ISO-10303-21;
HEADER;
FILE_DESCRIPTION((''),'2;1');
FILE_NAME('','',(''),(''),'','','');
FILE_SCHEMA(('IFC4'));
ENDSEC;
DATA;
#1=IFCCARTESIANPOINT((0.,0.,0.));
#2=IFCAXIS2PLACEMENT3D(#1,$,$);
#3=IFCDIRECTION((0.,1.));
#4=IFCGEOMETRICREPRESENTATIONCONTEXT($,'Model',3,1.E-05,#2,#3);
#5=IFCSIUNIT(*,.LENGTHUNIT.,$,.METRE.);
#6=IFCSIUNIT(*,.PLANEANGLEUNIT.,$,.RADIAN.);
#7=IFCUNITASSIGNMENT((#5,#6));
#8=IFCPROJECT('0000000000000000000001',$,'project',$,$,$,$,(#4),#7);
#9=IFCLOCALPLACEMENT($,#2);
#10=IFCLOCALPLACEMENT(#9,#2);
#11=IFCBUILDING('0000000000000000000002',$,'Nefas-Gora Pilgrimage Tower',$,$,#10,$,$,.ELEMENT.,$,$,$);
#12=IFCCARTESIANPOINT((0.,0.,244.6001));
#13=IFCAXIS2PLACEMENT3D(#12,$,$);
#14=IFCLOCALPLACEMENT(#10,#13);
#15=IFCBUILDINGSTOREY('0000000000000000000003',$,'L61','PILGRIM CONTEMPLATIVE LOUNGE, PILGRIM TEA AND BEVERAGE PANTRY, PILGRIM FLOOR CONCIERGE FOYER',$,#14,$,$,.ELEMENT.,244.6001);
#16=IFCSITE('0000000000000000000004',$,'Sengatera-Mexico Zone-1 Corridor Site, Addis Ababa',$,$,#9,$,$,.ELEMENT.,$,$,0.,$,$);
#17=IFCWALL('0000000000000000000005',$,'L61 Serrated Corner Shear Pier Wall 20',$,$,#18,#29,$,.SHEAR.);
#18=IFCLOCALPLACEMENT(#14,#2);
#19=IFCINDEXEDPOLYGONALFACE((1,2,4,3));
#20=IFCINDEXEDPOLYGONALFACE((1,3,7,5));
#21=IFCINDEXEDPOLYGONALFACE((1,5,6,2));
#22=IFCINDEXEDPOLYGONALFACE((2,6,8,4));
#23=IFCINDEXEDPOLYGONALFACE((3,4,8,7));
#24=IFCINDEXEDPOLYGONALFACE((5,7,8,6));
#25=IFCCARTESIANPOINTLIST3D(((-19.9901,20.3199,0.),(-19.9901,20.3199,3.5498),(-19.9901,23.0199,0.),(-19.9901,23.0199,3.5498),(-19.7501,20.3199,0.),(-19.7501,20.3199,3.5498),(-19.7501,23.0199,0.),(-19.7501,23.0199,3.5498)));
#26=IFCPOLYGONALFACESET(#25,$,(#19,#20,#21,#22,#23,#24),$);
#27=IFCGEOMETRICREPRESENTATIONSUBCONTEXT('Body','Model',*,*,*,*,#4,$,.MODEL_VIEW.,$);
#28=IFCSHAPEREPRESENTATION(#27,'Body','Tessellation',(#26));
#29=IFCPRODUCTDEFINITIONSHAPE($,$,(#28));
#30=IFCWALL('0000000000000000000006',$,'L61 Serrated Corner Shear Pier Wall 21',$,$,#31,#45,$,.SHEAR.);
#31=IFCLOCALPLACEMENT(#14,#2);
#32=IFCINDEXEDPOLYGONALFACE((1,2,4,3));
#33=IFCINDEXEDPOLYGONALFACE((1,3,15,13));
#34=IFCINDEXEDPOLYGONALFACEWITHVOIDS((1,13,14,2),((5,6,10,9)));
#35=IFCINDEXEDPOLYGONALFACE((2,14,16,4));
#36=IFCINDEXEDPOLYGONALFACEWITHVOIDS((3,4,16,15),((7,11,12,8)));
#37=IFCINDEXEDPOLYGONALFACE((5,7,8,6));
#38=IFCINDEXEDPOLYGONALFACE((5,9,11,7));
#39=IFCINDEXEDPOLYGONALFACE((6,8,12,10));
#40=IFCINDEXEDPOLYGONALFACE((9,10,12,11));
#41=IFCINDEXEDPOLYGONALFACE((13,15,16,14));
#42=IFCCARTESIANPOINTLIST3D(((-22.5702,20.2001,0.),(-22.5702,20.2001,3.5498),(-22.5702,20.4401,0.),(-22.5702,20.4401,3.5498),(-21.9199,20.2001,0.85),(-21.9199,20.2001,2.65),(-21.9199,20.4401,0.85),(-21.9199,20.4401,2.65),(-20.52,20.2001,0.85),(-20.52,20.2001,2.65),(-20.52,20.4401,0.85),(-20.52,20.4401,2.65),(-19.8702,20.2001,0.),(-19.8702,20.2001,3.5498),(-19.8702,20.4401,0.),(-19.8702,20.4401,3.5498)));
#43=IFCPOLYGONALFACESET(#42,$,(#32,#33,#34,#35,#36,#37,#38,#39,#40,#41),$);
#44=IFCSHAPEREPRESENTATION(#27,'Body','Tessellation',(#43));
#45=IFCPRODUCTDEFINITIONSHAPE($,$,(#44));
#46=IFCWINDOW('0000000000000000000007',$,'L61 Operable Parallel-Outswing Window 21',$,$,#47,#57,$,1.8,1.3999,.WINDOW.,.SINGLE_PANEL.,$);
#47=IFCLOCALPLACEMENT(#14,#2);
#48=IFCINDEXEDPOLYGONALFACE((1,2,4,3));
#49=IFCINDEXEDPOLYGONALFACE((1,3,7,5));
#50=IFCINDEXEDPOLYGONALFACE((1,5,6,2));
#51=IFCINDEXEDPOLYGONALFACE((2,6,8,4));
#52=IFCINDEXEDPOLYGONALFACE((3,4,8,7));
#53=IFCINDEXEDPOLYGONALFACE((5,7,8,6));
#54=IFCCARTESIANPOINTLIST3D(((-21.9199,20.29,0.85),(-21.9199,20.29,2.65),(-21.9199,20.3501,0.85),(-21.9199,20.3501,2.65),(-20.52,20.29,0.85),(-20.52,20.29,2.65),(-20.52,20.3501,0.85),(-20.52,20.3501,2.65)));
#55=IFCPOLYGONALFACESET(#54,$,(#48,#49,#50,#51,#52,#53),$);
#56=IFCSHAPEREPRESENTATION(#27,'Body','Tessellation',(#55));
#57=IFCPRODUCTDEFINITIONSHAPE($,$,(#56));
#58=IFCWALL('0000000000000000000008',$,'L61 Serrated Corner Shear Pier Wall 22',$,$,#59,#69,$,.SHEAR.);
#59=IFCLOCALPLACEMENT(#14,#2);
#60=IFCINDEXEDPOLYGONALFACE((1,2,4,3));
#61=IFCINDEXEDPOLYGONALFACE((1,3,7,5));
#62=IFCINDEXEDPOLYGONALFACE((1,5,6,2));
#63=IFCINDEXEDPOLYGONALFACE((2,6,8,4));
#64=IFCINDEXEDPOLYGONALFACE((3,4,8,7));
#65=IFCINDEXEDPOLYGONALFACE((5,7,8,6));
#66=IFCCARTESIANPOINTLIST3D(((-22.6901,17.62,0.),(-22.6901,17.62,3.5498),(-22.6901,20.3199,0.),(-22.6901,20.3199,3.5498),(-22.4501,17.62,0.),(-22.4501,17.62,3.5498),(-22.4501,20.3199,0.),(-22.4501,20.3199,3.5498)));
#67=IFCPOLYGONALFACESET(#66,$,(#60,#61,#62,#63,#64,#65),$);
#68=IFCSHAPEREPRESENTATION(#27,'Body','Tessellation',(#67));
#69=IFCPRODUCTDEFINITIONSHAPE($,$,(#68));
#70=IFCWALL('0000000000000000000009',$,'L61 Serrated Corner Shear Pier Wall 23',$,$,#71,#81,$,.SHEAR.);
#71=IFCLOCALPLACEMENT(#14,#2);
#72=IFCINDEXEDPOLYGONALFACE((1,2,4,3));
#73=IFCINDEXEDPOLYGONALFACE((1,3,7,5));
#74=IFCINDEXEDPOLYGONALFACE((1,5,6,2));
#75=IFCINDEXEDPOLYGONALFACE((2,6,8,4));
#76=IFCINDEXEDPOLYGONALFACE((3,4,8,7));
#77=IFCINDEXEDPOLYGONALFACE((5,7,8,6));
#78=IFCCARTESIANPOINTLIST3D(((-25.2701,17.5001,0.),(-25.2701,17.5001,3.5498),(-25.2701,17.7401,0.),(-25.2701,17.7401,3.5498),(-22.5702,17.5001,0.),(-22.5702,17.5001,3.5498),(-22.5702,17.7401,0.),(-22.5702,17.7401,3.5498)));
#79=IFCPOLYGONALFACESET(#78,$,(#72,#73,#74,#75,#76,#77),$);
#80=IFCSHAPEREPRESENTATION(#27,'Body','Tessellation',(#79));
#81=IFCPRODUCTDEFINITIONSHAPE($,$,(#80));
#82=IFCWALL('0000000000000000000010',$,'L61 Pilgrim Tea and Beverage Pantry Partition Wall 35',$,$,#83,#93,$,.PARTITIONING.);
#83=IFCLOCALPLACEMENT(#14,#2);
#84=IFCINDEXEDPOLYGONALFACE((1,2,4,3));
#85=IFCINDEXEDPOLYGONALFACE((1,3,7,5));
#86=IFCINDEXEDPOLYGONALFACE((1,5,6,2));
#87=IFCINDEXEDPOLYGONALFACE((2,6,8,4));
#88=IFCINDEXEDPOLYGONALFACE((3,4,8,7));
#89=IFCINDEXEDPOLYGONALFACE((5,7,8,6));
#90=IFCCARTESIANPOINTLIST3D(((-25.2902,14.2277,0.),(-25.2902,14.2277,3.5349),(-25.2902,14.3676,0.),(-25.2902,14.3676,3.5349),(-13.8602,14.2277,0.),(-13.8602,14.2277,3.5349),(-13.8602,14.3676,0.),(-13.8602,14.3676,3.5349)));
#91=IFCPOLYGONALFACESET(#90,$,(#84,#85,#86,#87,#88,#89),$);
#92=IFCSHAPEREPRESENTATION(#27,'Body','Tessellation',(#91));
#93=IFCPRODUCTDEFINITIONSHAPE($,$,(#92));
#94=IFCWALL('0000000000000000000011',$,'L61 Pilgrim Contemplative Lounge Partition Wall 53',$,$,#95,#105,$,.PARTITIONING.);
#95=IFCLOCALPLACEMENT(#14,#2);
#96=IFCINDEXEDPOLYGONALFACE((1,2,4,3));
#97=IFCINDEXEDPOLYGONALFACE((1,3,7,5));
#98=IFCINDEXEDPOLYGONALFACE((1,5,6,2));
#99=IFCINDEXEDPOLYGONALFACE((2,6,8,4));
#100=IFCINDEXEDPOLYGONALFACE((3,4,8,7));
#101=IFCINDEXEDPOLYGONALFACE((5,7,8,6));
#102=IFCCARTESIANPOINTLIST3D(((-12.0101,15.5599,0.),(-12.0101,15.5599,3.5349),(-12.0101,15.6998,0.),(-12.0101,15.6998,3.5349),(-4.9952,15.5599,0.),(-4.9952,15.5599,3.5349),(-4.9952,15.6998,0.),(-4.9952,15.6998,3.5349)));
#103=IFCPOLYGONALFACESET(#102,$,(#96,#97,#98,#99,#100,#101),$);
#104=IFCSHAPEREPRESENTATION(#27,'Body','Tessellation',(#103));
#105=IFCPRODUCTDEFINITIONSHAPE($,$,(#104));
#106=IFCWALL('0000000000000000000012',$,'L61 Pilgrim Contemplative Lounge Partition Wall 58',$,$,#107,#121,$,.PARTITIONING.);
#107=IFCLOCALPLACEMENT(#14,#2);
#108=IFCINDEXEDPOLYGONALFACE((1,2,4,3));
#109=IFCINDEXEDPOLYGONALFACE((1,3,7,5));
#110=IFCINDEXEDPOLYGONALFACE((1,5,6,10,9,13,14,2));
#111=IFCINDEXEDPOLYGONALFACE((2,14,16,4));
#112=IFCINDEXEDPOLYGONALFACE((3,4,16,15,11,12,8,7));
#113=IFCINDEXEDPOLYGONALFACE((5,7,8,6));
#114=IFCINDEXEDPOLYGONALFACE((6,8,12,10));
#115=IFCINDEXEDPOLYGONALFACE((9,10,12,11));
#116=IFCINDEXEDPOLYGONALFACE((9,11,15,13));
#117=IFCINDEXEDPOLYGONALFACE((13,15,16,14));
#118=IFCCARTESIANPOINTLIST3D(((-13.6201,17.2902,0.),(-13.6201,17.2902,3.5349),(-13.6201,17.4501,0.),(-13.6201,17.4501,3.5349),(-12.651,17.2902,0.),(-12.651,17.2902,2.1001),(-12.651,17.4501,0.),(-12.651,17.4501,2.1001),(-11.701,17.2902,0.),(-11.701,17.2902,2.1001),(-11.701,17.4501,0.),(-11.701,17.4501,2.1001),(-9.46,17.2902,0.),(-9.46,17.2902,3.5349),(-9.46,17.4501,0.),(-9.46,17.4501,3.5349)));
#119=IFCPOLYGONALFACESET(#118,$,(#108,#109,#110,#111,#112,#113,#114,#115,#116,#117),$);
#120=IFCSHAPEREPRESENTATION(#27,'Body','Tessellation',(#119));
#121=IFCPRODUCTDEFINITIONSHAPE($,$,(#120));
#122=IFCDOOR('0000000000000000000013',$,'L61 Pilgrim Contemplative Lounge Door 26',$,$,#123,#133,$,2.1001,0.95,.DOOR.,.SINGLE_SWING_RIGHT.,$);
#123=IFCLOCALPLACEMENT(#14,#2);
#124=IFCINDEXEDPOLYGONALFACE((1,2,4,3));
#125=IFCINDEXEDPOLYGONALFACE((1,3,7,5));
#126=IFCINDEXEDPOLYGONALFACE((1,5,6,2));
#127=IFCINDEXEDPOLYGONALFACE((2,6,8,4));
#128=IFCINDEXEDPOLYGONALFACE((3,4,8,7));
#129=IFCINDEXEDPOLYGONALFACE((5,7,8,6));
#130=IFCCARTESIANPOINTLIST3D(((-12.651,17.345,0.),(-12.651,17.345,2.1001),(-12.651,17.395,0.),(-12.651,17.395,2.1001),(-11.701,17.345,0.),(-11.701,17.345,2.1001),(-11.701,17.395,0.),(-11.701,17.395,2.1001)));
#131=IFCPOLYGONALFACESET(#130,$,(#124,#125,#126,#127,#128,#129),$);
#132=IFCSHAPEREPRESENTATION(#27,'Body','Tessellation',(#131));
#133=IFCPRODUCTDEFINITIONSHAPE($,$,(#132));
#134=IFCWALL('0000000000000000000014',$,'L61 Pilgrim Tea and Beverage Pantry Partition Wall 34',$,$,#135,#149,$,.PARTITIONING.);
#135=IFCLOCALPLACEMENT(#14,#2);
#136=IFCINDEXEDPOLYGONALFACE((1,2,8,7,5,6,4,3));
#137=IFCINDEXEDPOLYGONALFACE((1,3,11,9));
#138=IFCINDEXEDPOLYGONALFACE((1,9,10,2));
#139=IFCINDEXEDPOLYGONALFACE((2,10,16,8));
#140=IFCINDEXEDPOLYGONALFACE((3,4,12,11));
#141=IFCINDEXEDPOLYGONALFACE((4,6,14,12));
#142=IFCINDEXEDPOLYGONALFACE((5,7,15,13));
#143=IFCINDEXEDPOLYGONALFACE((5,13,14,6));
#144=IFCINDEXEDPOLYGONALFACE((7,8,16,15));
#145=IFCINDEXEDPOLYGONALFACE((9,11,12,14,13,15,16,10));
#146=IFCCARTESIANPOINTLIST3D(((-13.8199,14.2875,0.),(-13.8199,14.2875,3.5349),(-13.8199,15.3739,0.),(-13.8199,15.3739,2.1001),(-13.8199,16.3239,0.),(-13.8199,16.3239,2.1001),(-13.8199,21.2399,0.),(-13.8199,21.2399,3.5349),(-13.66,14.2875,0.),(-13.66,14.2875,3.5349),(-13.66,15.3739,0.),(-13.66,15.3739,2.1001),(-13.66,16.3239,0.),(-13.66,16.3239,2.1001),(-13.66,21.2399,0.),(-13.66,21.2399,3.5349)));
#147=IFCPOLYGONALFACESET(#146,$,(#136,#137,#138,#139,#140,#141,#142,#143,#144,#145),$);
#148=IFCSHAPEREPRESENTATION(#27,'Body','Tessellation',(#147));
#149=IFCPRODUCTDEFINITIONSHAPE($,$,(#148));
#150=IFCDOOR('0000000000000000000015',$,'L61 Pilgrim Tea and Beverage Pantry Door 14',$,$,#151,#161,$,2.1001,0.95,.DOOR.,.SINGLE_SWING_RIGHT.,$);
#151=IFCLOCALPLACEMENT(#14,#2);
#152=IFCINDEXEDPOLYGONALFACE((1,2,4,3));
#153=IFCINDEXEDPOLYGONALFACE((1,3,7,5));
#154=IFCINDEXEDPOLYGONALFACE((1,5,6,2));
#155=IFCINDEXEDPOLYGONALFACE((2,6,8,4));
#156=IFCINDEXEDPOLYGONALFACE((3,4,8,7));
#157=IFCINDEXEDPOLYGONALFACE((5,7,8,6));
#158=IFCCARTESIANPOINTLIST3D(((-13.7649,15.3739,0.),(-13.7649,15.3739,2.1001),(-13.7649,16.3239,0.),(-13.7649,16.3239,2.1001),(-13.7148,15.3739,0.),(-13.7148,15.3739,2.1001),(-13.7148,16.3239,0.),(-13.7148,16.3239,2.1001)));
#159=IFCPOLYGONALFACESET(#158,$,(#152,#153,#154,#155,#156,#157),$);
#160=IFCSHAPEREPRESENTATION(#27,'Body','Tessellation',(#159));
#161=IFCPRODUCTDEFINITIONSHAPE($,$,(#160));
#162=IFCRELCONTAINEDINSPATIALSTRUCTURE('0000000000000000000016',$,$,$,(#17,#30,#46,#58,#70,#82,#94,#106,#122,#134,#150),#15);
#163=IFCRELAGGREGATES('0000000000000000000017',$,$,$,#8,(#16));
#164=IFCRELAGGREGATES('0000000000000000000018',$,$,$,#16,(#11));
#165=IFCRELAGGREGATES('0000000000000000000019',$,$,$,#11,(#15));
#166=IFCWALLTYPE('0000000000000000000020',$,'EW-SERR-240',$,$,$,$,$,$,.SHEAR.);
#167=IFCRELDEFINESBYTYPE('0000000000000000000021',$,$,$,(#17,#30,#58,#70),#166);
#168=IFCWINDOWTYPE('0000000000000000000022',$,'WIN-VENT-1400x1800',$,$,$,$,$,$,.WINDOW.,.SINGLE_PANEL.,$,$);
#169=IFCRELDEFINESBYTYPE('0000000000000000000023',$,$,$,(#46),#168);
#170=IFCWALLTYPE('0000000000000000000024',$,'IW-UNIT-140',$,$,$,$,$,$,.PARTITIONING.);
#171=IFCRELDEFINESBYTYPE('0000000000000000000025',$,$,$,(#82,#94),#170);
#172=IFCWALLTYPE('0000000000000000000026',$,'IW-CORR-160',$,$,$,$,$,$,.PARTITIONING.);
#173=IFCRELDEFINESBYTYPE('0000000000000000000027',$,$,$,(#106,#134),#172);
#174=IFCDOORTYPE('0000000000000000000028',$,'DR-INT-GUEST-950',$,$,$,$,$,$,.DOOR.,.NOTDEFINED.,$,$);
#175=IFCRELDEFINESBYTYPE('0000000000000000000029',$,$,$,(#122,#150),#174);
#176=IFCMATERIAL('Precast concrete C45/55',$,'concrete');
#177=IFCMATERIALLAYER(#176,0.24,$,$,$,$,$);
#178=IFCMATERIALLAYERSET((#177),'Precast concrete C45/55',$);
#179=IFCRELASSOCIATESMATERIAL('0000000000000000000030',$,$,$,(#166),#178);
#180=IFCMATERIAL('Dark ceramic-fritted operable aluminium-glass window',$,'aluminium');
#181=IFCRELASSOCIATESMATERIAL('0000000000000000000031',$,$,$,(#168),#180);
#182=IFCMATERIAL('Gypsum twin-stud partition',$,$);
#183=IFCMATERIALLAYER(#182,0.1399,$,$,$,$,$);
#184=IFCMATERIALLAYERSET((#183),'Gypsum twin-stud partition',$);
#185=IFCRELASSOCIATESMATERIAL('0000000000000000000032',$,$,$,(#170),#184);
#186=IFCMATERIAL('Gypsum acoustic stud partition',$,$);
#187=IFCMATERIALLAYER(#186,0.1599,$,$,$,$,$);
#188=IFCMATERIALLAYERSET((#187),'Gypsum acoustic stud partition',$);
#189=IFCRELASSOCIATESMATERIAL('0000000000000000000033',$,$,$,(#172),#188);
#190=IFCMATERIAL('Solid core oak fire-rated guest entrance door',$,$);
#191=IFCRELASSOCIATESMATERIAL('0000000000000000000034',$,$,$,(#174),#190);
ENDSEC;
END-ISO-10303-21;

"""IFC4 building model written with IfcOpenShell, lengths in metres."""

from ifc_helpers import new_model, si_unit, direction, frame, frame_2d, origin, place, context, subcontext, project, spatial, rectangle, extrude, source, transform, mapped, material, layer, layer_set, type_object, element, fill, save


model = new_model("IFC4")

# Units and contexts
model_context = context("Model", 3, precision=1e-05, world=origin(), true_north=direction((0.0, 1.0)))
body_context = subcontext(model_context, "Body", "Model", "MODEL_VIEW")
ifc_project = project(units=[si_unit("LENGTHUNIT", "METRE"), si_unit("PLANEANGLEUNIT", "RADIAN")], contexts=[model_context])

# Site, building, storey
site_placement = place(None, origin())
site = spatial("IfcSite", under=ifc_project, at=site_placement, Name="Sengatera-Mexico Zone-1 Corridor Site, Addis Ababa", CompositionType="ELEMENT", RefElevation=0.0)
building_placement = place(site_placement, origin())
building = spatial("IfcBuilding", under=site, at=building_placement, Name="Nefas-Gora Pilgrimage Tower", CompositionType="ELEMENT")
storey_placement = place(building_placement, frame((0.0, 0.0, 244.6001)))
storey = spatial("IfcBuildingStorey", under=building, at=storey_placement, Name="L61", Description="PILGRIM CONTEMPLATIVE LOUNGE, PILGRIM TEA AND BEVERAGE PANTRY, PILGRIM FLOOR CONCIERGE FOYER", CompositionType="ELEMENT", Elevation=244.6001)

# Wall
ifc_material_1 = material(Name="Precast concrete C45/55", Category="concrete")
ifc_layer_1 = layer(ifc_material_1, 0.24)
ifc_layer_set_1 = layer_set([ifc_layer_1], Name="Precast concrete C45/55")
wall_type_1 = type_object("IfcWallType", Name="EW-SERR-240", PredefinedType="SHEAR", material=ifc_layer_set_1)
shared_shape_1 = source(origin(), body_context, "Body", "SweptSolid", [
    extrude(rectangle(XDim=2.7, YDim=0.24, at=frame_2d((1.3501, 0.0))), origin(), (0.0, 0.0, 1.0), 3.5498),
])
wall_1_placement = place(storey_placement, frame((-19.8701, 23.02, 0.0), z_axis=(0.0, 0.0, 1.0), x_axis=(0.0, -1.0, 0.0)))
element("IfcWall", 1, at=wall_1_placement, inside=storey, type_object=wall_type_1, Name="L61 Serrated Corner Shear Pier Wall 20", PredefinedType="SHEAR", context=body_context, shape_type="MappedRepresentation", body=[
    mapped(shared_shape_1, transform((0.0, 0.0, 0.0), x_axis=(1.0, 0.0, 0.0), y_axis=(0.0, 1.0, 0.0), z_axis=(0.0, 0.0, 1.0), scale=1.0)),
])

# Wall, opening, window
wall_2_placement = place(storey_placement, frame((-19.8701, 20.3201, 0.0), z_axis=(0.0, 0.0, 1.0), x_axis=(-1.0, 0.0, 0.0)))
wall_2 = element("IfcWall", 2, at=wall_2_placement, inside=storey, type_object=wall_type_1, Name="L61 Serrated Corner Shear Pier Wall 21", PredefinedType="SHEAR", context=body_context, shape_type="MappedRepresentation", body=[
    mapped(shared_shape_1, transform((0.0, 0.0, 0.0), x_axis=(1.0, 0.0, 0.0), y_axis=(0.0, 1.0, 0.0), z_axis=(0.0, 0.0, 1.0), scale=1.0)),
])
opening_1_placement = place(wall_2_placement, frame((0.6499, 0.0, 0.8501)))
opening_1 = element("IfcOpeningElement", 3, at=opening_1_placement, cuts=wall_2, PredefinedType="OPENING", context=body_context, shape_type="SweptSolid", body=[
    extrude(rectangle(XDim=1.3999, YDim=1.8, at=frame_2d((0.7, 0.8999))), frame((0.0, 0.1299, 0.0), z_axis=(0.0, -1.0, 0.0), x_axis=(1.0, 0.0, 0.0)), (0.0, 0.0, 1.0), 0.26),
])
ifc_material_2 = material(Name="Dark ceramic-fritted operable aluminium-glass window", Category="aluminium")
window_type = type_object("IfcWindowType", Name="WIN-VENT-1400x1800", PartitioningType="SINGLE_PANEL", PredefinedType="WINDOW", material=ifc_material_2)
shared_shape_2 = source(origin(), body_context, "Body", "SweptSolid", [
    extrude(rectangle(XDim=1.3999, YDim=1.8, at=frame_2d((0.7, 0.8999))), frame((0.0, 0.03, 0.0), z_axis=(0.0, -1.0, 0.0), x_axis=(1.0, 0.0, 0.0)), (0.0, 0.0, 1.0), 0.0601),
])
window_placement = place(opening_1_placement, origin())
window = element("IfcWindow", 4, at=window_placement, inside=storey, type_object=window_type, Name="L61 Operable Parallel-Outswing Window 21", OverallHeight=1.8, OverallWidth=1.3999, PartitioningType="SINGLE_PANEL", PredefinedType="WINDOW", context=body_context, shape_type="MappedRepresentation", body=[
    mapped(shared_shape_2, transform((0.0, 0.0, 0.0), x_axis=(1.0, 0.0, 0.0), y_axis=(0.0, 1.0, 0.0), z_axis=(0.0, 0.0, 1.0), scale=1.0)),
])
fill(opening_1, window)

# Walls
for number, where, z_axis, x_axis, name in (
    (5, (-22.5701, 20.3201, 0.0), (0.0, 0.0, 1.0), (0.0, -1.0, 0.0), "L61 Serrated Corner Shear Pier Wall 22"),
    (6, (-22.5701, 17.6201, 0.0), (0.0, 0.0, 1.0), (-1.0, 0.0, 0.0), "L61 Serrated Corner Shear Pier Wall 23"),
):
    element("IfcWall", number, at=place(storey_placement, frame(where, z_axis=z_axis, x_axis=x_axis)), inside=storey, type_object=wall_type_1, Name=name, PredefinedType="SHEAR", context=body_context, shape_type="MappedRepresentation", body=[
        mapped(shared_shape_1, transform((0.0, 0.0, 0.0), x_axis=(1.0, 0.0, 0.0), y_axis=(0.0, 1.0, 0.0), z_axis=(0.0, 0.0, 1.0), scale=1.0)),
    ])
ifc_material_3 = material(Name="Gypsum twin-stud partition")
ifc_layer_2 = layer(ifc_material_3, 0.1399)
ifc_layer_set_2 = layer_set([ifc_layer_2], Name="Gypsum twin-stud partition")
wall_type_2 = type_object("IfcWallType", Name="IW-UNIT-140", PredefinedType="PARTITIONING", material=ifc_layer_set_2)
shared_shape_3 = source(origin(), body_context, "Body", "SweptSolid", [
    extrude(rectangle(XDim=11.4299, YDim=0.1399, at=frame_2d((5.7148, 0.0))), origin(), (0.0, 0.0, 1.0), 3.5349),
])
wall_3_placement = place(storey_placement, frame((-25.29, 14.2976, 0.0), z_axis=(0.0, 0.0, 1.0), x_axis=(1.0, 0.0, 0.0)))
element("IfcWall", 7, at=wall_3_placement, inside=storey, type_object=wall_type_2, Name="L61 Pilgrim Tea and Beverage Pantry Partition Wall 35", PredefinedType="PARTITIONING", context=body_context, shape_type="MappedRepresentation", body=[
    mapped(shared_shape_3, transform((0.0, 0.0, 0.0), x_axis=(1.0, 0.0, 0.0), y_axis=(0.0, 1.0, 0.0), z_axis=(0.0, 0.0, 1.0), scale=1.0)),
])
shared_shape_4 = source(origin(), body_context, "Body", "SweptSolid", [
    extrude(rectangle(XDim=7.0149, YDim=0.1399, at=frame_2d((3.5073, 0.0))), origin(), (0.0, 0.0, 1.0), 3.5349),
])
wall_4_placement = place(storey_placement, frame((-12.01, 15.6299, 0.0), z_axis=(0.0, 0.0, 1.0), x_axis=(1.0, 0.0, 0.0)))
element("IfcWall", 8, at=wall_4_placement, inside=storey, type_object=wall_type_2, Name="L61 Pilgrim Contemplative Lounge Partition Wall 53", PredefinedType="PARTITIONING", context=body_context, shape_type="MappedRepresentation", body=[
    mapped(shared_shape_4, transform((0.0, 0.0, 0.0), x_axis=(1.0, 0.0, 0.0), y_axis=(0.0, 1.0, 0.0), z_axis=(0.0, 0.0, 1.0), scale=1.0)),
])

# Walls, openings, doors
ifc_material_4 = material(Name="Gypsum acoustic stud partition")
ifc_layer_3 = layer(ifc_material_4, 0.1599)
ifc_layer_set_3 = layer_set([ifc_layer_3], Name="Gypsum acoustic stud partition")
wall_type_3 = type_object("IfcWallType", Name="IW-CORR-160", PredefinedType="PARTITIONING", material=ifc_layer_set_3)
shared_shape_5 = source(origin(), body_context, "Body", "SweptSolid", [
    extrude(rectangle(XDim=4.1602, YDim=0.1599, at=frame_2d((2.0801, 0.0))), origin(), (0.0, 0.0, 1.0), 3.5349),
])
wall_5_placement = place(storey_placement, frame((-13.6201, 17.3701, 0.0), z_axis=(0.0, 0.0, 1.0), x_axis=(1.0, 0.0, 0.0)))
wall_5 = element("IfcWall", 9, at=wall_5_placement, inside=storey, type_object=wall_type_3, Name="L61 Pilgrim Contemplative Lounge Partition Wall 58", PredefinedType="PARTITIONING", context=body_context, shape_type="MappedRepresentation", body=[
    mapped(shared_shape_5, transform((0.0, 0.0, 0.0), x_axis=(1.0, 0.0, 0.0), y_axis=(0.0, 1.0, 0.0), z_axis=(0.0, 0.0, 1.0), scale=1.0)),
])
opening_2_placement = place(wall_5_placement, frame((0.969, 0.0, 0.0)))
opening_2 = element("IfcOpeningElement", 10, at=opening_2_placement, cuts=wall_5, PredefinedType="OPENING", context=body_context, shape_type="SweptSolid", body=[
    extrude(rectangle(XDim=0.95, YDim=2.1001, at=frame_2d((0.4751, 1.05))), frame((0.0, 0.0898, 0.0), z_axis=(0.0, -1.0, 0.0), x_axis=(1.0, 0.0, 0.0)), (0.0, 0.0, 1.0), 0.1799),
])
ifc_material_5 = material(Name="Solid core oak fire-rated guest entrance door")
door_type = type_object("IfcDoorType", Name="DR-INT-GUEST-950", OperationType="NOTDEFINED", PredefinedType="DOOR", material=ifc_material_5)
shared_shape_6 = source(origin(), body_context, "Body", "SweptSolid", [
    extrude(rectangle(XDim=0.95, YDim=2.1001, at=frame_2d((0.4751, 1.05))), frame((0.0, 0.0249, 0.0), z_axis=(0.0, -1.0, 0.0), x_axis=(1.0, 0.0, 0.0)), (0.0, 0.0, 1.0), 0.05),
])
door_1_placement = place(opening_2_placement, origin())
door_1 = element("IfcDoor", 11, at=door_1_placement, inside=storey, type_object=door_type, Name="L61 Pilgrim Contemplative Lounge Door 26", OperationType="SINGLE_SWING_RIGHT", OverallHeight=2.1001, OverallWidth=0.95, PredefinedType="DOOR", context=body_context, shape_type="MappedRepresentation", body=[
    mapped(shared_shape_6, transform((0.0, 0.0, 0.0), x_axis=(1.0, 0.0, 0.0), y_axis=(0.0, 1.0, 0.0), z_axis=(0.0, 0.0, 1.0), scale=1.0)),
])
fill(opening_2, door_1)
shared_shape_7 = source(origin(), body_context, "Body", "SweptSolid", [
    extrude(rectangle(XDim=6.9524, YDim=0.1599, at=frame_2d((3.4761, 0.0))), origin(), (0.0, 0.0, 1.0), 3.5349),
])
wall_6_placement = place(storey_placement, frame((-13.74, 14.2876, 0.0), z_axis=(0.0, 0.0, 1.0), x_axis=(0.0, 1.0, 0.0)))
wall_6 = element("IfcWall", 12, at=wall_6_placement, inside=storey, type_object=wall_type_3, Name="L61 Pilgrim Tea and Beverage Pantry Partition Wall 34", PredefinedType="PARTITIONING", context=body_context, shape_type="MappedRepresentation", body=[
    mapped(shared_shape_7, transform((0.0, 0.0, 0.0), x_axis=(1.0, 0.0, 0.0), y_axis=(0.0, 1.0, 0.0), z_axis=(0.0, 0.0, 1.0), scale=1.0)),
])
opening_3_placement = place(wall_6_placement, frame((1.0862, 0.0, 0.0)))
opening_3 = element("IfcOpeningElement", 13, at=opening_3_placement, cuts=wall_6, PredefinedType="OPENING", context=body_context, shape_type="SweptSolid", body=[
    extrude(rectangle(XDim=0.95, YDim=2.1001, at=frame_2d((0.4751, 1.05))), frame((0.0, 0.0898, 0.0), z_axis=(0.0, -1.0, 0.0), x_axis=(1.0, 0.0, 0.0)), (0.0, 0.0, 1.0), 0.1799),
])
door_2_placement = place(opening_3_placement, origin())
door_2 = element("IfcDoor", 14, at=door_2_placement, inside=storey, type_object=door_type, Name="L61 Pilgrim Tea and Beverage Pantry Door 14", OperationType="SINGLE_SWING_RIGHT", OverallHeight=2.1001, OverallWidth=0.95, PredefinedType="DOOR", context=body_context, shape_type="MappedRepresentation", body=[
    mapped(shared_shape_6, transform((0.0, 0.0, 0.0), x_axis=(1.0, 0.0, 0.0), y_axis=(0.0, 1.0, 0.0), z_axis=(0.0, 0.0, 1.0), scale=1.0)),
])
fill(opening_3, door_2)

save(model, "model.ifc")
